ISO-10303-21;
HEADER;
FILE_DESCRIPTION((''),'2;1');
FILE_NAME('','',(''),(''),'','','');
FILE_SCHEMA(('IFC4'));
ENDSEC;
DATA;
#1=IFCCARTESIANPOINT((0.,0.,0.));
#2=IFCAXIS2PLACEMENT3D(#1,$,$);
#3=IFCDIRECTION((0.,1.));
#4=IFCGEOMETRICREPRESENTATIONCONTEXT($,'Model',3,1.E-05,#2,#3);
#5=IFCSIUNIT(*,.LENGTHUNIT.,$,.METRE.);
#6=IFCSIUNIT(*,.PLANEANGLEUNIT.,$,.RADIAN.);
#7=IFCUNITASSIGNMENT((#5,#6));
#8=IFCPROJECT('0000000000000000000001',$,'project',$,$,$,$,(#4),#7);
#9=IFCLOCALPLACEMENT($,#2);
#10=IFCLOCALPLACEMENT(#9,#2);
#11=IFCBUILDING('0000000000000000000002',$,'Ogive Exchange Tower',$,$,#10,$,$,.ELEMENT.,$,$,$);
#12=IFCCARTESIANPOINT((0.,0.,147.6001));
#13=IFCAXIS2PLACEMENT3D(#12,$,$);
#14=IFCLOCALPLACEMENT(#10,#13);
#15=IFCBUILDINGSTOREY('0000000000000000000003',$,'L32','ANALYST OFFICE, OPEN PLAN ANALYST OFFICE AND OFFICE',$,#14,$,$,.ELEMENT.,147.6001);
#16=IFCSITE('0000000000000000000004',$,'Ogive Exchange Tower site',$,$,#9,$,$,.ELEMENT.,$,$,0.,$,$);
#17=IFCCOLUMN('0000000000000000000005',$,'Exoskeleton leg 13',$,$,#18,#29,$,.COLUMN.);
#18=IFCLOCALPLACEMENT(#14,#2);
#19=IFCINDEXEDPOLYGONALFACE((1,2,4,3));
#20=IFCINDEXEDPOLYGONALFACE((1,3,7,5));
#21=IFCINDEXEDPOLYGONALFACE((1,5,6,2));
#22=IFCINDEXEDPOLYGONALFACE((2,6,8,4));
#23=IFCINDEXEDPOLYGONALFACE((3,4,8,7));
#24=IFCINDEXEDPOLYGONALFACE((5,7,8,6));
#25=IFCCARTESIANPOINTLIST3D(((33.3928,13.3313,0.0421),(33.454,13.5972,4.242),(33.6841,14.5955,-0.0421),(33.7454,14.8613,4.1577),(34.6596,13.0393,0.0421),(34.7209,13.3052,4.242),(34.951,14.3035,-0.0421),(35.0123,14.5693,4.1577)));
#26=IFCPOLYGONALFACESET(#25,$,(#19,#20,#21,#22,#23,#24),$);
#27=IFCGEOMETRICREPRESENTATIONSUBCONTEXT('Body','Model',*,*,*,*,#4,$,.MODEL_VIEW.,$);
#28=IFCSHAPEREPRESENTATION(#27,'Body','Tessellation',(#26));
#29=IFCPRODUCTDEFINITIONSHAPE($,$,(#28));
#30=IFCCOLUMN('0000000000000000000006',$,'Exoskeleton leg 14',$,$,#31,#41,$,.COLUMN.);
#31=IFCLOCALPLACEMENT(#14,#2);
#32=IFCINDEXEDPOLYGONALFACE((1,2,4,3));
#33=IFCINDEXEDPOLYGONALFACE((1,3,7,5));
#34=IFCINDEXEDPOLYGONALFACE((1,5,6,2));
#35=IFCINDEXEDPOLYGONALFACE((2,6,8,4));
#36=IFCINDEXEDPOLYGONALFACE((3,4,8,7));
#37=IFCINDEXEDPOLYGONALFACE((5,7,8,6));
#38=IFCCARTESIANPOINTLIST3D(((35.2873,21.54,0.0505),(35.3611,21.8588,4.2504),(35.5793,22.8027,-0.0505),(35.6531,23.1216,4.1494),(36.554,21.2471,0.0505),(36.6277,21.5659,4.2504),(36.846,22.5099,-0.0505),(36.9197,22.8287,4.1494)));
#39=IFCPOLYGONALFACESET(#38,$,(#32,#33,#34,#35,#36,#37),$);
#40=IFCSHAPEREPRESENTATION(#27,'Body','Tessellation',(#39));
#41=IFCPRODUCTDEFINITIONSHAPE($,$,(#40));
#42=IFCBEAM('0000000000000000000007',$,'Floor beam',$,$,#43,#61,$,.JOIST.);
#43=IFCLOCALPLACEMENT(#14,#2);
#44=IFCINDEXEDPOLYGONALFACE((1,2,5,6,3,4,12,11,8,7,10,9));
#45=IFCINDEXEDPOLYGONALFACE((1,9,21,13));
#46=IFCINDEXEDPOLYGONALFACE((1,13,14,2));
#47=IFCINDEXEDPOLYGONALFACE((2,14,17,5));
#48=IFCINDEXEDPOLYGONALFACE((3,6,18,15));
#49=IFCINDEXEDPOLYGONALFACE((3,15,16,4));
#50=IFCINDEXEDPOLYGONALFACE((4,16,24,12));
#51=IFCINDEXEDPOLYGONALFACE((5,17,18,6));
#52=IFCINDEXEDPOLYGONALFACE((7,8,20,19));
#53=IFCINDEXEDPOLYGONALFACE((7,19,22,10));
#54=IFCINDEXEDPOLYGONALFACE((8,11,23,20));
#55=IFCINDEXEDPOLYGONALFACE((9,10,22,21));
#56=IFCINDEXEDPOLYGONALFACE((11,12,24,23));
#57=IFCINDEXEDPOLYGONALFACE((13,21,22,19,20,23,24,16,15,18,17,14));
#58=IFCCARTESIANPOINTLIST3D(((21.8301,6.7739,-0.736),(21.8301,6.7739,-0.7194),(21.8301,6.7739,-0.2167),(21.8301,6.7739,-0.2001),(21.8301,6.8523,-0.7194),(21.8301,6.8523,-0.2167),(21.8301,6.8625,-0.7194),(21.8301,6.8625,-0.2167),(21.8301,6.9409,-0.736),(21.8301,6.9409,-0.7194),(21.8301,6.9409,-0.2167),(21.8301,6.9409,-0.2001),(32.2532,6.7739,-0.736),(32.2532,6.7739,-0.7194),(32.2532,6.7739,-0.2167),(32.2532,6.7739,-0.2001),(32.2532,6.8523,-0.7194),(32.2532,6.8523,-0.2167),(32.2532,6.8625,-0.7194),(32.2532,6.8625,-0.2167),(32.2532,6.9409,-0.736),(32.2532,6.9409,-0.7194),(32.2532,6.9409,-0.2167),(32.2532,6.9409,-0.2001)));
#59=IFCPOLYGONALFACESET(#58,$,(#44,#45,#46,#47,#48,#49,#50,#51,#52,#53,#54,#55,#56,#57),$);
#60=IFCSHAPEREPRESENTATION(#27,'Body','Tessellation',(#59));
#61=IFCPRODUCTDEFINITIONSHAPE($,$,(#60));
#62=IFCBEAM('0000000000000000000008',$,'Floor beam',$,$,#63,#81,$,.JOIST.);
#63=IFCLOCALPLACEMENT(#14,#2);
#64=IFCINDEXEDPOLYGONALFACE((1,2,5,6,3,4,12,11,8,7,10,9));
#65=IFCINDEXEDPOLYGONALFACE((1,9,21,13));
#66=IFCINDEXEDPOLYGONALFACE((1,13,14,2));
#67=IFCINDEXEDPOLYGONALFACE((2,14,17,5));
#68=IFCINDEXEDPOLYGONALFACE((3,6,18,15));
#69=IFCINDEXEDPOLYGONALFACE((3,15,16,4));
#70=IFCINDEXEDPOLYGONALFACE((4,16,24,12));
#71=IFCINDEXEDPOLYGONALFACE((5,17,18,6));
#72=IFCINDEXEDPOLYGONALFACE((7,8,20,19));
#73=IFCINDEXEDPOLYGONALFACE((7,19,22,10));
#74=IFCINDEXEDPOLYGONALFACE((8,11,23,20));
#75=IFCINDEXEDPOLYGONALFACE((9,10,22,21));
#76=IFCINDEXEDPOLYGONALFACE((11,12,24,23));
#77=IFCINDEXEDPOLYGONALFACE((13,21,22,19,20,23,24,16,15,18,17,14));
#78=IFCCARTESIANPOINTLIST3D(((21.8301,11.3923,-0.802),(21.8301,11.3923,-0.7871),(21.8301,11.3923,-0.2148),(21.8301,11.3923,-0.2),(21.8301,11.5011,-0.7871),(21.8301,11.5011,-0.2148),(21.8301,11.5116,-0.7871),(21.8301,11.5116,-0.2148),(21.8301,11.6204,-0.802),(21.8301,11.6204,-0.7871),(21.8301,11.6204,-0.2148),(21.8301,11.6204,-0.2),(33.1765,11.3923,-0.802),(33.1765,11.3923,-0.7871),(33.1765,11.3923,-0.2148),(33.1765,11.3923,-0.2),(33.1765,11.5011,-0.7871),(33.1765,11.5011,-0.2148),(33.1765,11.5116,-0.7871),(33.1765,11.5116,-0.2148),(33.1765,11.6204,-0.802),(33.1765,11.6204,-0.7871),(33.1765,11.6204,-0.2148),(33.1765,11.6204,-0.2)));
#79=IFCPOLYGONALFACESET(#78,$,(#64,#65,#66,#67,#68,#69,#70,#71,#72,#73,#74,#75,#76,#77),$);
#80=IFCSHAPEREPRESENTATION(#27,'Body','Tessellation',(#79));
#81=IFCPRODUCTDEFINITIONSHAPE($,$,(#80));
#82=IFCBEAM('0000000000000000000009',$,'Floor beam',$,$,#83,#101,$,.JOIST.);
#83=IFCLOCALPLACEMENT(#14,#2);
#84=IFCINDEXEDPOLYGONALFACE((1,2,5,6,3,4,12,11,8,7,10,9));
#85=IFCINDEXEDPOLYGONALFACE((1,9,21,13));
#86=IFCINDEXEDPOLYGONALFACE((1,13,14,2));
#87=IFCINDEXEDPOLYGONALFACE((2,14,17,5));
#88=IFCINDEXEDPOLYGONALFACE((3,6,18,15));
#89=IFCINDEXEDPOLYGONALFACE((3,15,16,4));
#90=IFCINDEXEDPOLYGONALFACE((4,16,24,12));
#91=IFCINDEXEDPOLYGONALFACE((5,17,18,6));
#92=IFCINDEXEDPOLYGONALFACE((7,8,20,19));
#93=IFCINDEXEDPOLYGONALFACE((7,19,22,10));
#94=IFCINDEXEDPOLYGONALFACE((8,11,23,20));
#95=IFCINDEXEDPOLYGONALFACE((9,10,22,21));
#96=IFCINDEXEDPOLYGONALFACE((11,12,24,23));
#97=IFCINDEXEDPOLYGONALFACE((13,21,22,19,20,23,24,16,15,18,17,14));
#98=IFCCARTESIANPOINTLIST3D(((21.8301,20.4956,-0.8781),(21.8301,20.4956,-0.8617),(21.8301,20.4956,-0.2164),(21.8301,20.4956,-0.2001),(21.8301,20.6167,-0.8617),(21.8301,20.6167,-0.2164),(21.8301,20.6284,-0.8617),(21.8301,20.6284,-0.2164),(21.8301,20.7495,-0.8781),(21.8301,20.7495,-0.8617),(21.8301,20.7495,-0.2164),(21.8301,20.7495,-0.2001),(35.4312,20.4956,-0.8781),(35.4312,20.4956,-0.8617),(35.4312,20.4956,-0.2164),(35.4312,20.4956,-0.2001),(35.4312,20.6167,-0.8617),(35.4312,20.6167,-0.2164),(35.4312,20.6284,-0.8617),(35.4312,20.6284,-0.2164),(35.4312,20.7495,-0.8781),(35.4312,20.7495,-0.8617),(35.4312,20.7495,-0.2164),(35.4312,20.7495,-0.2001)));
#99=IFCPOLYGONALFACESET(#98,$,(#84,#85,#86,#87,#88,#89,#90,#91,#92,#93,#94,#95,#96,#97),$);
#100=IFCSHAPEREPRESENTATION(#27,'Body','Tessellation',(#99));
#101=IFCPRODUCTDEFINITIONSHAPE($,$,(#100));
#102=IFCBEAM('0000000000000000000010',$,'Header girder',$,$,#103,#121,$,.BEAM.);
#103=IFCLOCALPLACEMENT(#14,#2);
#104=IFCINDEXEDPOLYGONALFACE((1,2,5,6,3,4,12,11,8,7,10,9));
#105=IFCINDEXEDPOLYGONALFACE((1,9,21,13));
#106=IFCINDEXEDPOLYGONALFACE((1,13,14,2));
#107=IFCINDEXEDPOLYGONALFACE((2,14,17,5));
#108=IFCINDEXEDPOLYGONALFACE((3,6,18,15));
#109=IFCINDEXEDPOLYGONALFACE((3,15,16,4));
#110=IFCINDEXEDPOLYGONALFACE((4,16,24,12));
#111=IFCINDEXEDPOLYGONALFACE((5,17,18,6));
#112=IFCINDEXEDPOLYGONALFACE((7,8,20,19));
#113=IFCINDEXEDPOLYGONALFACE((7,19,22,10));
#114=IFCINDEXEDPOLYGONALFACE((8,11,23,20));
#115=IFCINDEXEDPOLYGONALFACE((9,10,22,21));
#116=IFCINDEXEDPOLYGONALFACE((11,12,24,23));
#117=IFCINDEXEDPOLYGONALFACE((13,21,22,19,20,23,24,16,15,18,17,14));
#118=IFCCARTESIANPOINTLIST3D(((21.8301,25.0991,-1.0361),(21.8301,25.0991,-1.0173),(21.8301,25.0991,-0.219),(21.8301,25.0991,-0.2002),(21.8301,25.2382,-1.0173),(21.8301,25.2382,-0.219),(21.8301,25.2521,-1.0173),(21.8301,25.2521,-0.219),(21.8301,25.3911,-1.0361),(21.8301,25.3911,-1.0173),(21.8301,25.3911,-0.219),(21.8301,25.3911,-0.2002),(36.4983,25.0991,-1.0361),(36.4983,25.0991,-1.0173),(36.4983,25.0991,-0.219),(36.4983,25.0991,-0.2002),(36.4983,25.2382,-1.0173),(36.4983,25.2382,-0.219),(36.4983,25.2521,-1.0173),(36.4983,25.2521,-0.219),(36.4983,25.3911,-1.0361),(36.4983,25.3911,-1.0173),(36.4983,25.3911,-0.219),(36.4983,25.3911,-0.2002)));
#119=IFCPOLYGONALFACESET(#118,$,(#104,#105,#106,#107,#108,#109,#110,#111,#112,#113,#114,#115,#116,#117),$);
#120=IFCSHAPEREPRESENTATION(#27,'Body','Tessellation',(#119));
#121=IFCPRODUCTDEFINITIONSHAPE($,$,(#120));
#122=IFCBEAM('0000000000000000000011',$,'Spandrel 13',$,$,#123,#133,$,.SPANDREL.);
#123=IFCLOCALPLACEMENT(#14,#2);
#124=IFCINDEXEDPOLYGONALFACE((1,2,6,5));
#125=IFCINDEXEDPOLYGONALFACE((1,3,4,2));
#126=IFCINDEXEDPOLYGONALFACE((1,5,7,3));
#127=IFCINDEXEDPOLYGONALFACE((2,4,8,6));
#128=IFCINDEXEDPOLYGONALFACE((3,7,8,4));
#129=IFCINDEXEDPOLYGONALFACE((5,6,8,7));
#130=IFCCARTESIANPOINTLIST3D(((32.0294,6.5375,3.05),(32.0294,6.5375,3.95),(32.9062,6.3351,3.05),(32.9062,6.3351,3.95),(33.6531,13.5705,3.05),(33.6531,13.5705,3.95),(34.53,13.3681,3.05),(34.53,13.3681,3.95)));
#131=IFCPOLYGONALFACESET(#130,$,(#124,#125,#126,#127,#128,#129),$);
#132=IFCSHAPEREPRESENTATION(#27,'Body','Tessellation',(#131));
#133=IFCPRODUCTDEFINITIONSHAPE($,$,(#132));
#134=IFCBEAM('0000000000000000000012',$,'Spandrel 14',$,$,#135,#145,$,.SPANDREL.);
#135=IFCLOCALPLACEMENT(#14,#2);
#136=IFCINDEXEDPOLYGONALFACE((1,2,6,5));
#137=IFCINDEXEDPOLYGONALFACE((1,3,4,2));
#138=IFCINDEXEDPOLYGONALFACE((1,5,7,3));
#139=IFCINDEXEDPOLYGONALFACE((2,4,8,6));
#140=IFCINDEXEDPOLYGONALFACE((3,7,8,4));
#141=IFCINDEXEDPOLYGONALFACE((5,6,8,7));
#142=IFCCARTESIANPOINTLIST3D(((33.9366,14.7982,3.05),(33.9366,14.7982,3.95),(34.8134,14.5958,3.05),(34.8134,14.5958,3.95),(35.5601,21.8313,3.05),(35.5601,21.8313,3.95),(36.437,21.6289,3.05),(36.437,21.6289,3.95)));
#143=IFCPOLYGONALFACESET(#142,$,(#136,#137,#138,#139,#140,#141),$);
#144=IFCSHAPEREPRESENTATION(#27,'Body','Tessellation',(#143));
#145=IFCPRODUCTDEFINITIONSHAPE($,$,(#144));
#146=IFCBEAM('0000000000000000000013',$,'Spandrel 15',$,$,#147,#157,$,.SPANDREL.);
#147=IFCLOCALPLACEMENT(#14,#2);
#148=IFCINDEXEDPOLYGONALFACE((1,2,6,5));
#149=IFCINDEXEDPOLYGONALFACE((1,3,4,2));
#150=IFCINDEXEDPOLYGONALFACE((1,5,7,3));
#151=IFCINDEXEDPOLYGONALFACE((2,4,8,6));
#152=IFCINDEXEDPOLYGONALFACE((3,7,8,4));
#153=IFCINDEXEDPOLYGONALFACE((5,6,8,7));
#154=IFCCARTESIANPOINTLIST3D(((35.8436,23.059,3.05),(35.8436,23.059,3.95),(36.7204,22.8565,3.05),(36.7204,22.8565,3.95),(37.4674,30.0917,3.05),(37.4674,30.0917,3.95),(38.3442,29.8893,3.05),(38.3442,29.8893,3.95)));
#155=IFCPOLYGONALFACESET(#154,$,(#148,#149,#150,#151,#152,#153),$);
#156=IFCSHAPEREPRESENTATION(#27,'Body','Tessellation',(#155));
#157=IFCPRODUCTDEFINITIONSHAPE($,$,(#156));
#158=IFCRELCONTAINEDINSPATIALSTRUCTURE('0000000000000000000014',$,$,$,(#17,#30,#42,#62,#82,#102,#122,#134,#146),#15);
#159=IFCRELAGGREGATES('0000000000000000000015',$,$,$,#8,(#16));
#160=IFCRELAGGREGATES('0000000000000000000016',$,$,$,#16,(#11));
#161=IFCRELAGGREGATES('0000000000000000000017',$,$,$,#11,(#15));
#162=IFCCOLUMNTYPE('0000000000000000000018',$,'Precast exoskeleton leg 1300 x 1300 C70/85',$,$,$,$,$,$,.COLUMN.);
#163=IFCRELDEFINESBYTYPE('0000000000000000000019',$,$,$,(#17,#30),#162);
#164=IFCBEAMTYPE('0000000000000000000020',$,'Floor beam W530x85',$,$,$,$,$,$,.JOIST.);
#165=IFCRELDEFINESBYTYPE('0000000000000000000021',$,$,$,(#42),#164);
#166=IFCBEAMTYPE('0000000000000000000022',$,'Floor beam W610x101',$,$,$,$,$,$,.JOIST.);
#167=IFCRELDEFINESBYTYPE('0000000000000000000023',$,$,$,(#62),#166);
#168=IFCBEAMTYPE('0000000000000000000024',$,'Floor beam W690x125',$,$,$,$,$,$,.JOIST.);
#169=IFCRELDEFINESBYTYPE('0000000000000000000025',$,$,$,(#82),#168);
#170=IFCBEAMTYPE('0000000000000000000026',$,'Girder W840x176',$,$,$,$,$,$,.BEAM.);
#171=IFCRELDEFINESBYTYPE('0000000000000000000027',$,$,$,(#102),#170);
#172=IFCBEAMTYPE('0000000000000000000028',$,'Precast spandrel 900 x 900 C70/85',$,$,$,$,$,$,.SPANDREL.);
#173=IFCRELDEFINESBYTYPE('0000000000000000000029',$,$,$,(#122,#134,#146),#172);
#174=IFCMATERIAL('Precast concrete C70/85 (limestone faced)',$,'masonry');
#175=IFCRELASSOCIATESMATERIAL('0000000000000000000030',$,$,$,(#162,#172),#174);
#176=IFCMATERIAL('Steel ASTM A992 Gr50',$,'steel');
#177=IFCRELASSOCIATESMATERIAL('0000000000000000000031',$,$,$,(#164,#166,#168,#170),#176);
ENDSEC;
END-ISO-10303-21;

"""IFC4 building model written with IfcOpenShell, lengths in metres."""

from ifc_helpers import new_model, si_unit, direction, frame, origin, origin_2d, place, context, subcontext, project, spatial, rectangle, i_section, extrude, material, material_profile, profile_set, type_object, element, save


model = new_model("IFC4")

# Units and contexts
model_context = context("Model", 3, precision=1e-05, world=origin(), true_north=direction((0.0, 1.0)))
body_context = subcontext(model_context, "Body", "Model", "MODEL_VIEW")
ifc_project = project(units=[si_unit("LENGTHUNIT", "METRE"), si_unit("PLANEANGLEUNIT", "RADIAN")], contexts=[model_context])

# Site, building, storey
site_placement = place(None, origin())
site = spatial("IfcSite", under=ifc_project, at=site_placement, Name="Ogive Exchange Tower site", CompositionType="ELEMENT", RefElevation=0.0)
building_placement = place(site_placement, origin())
building = spatial("IfcBuilding", under=site, at=building_placement, Name="Ogive Exchange Tower", CompositionType="ELEMENT")
storey_placement = place(building_placement, frame((0.0, 0.0, 147.6001)))
storey = spatial("IfcBuildingStorey", under=building, at=storey_placement, Name="L32", Description="ANALYST OFFICE, OPEN PLAN ANALYST OFFICE AND OFFICE", CompositionType="ELEMENT", Elevation=147.6001)

# Columns
ifc_material_1 = material(Name="Precast concrete C70/85 (limestone faced)", Category="masonry")
ifc_material_profile_1 = material_profile(ifc_material_1, rectangle(XDim=1.3, YDim=1.3, at=origin_2d()), Name="1300 x 1300")
ifc_profile_set_1 = profile_set([ifc_material_profile_1], Name="Precast concrete C70/85 (limestone faced)")
column_type = type_object("IfcColumnType", Name="Precast exoskeleton leg 1300 x 1300 C70/85", PredefinedType="COLUMN", material=ifc_profile_set_1)
column_1_placement = place(storey_placement, frame((34.1719, 13.8174, 0.0), z_axis=(0.01456, 0.06317, 0.997897), x_axis=(-0.974451, 0.224598, 0.0)))
element("IfcColumn", 1, at=column_1_placement, inside=storey, type_object=column_type, Name="Exoskeleton leg 13", PredefinedType="COLUMN", context=body_context, shape_type="SweptSolid", body=[
    extrude(rectangle(XDim=1.3, YDim=1.3, at=origin_2d()), origin(), (0.0, 0.0, 1.0), 4.2087),
])
column_2_placement = place(storey_placement, frame((36.0667, 22.0249, 0.0), z_axis=(0.017502, 0.075688, 0.996978), x_axis=(-0.974291, 0.225295, 0.0)))
element("IfcColumn", 2, at=column_2_placement, inside=storey, type_object=column_type, Name="Exoskeleton leg 14", PredefinedType="COLUMN", context=body_context, shape_type="SweptSolid", body=[
    extrude(rectangle(XDim=1.3, YDim=1.3, at=origin_2d()), origin(), (0.0, 0.0, 1.0), 4.2126),
])

# Beams
ifc_material_2 = material(Name="Steel ASTM A992 Gr50", Category="steel")
ifc_material_profile_2 = material_profile(ifc_material_2, i_section(OverallWidth=0.167, OverallDepth=0.5359, WebThickness=0.0103, FlangeThickness=0.0166, at=origin_2d()), Name="W530x85")
ifc_profile_set_2 = profile_set([ifc_material_profile_2], Name="Steel ASTM A992 Gr50")
beam_type_1 = type_object("IfcBeamType", Name="Floor beam W530x85", PredefinedType="JOIST", material=ifc_profile_set_2)
beam_1_placement = place(storey_placement, frame((21.8301, 6.8574, -0.468), z_axis=(1.0, 0.0, 0.0), x_axis=(0.0, 1.0, 0.0)))
element("IfcBeam", 3, at=beam_1_placement, inside=storey, type_object=beam_type_1, Name="Floor beam", PredefinedType="JOIST", context=body_context, shape_type="SweptSolid", body=[
    extrude(i_section(OverallWidth=0.167, OverallDepth=0.5359, WebThickness=0.0103, FlangeThickness=0.0166, at=origin_2d()), origin(), (0.0, 0.0, 1.0), 10.4231),
])
ifc_material_profile_3 = material_profile(ifc_material_2, i_section(OverallWidth=0.228, OverallDepth=0.6021, WebThickness=0.0105, FlangeThickness=0.0149, at=origin_2d()), Name="W610x101")
ifc_profile_set_3 = profile_set([ifc_material_profile_3], Name="Steel ASTM A992 Gr50")
beam_type_2 = type_object("IfcBeamType", Name="Floor beam W610x101", PredefinedType="JOIST", material=ifc_profile_set_3)
beam_2_placement = place(storey_placement, frame((21.8301, 11.5063, -0.501), z_axis=(1.0, 0.0, 0.0), x_axis=(0.0, 1.0, 0.0)))
element("IfcBeam", 4, at=beam_2_placement, inside=storey, type_object=beam_type_2, Name="Floor beam", PredefinedType="JOIST", context=body_context, shape_type="SweptSolid", body=[
    extrude(i_section(OverallWidth=0.228, OverallDepth=0.6021, WebThickness=0.0105, FlangeThickness=0.0149, at=origin_2d()), origin(), (0.0, 0.0, 1.0), 11.3464),
])
ifc_material_profile_4 = material_profile(ifc_material_2, i_section(OverallWidth=0.2539, OverallDepth=0.678, WebThickness=0.0117, FlangeThickness=0.0164, at=origin_2d()), Name="W690x125")
ifc_profile_set_4 = profile_set([ifc_material_profile_4], Name="Steel ASTM A992 Gr50")
beam_type_3 = type_object("IfcBeamType", Name="Floor beam W690x125", PredefinedType="JOIST", material=ifc_profile_set_4)
beam_3_placement = place(storey_placement, frame((21.8301, 20.6226, -0.5391), z_axis=(1.0, 0.0, 0.0), x_axis=(0.0, 1.0, 0.0)))
element("IfcBeam", 5, at=beam_3_placement, inside=storey, type_object=beam_type_3, Name="Floor beam", PredefinedType="JOIST", context=body_context, shape_type="SweptSolid", body=[
    extrude(i_section(OverallWidth=0.2539, OverallDepth=0.678, WebThickness=0.0117, FlangeThickness=0.0164, at=origin_2d()), origin(), (0.0, 0.0, 1.0), 13.6011),
])
ifc_material_profile_5 = material_profile(ifc_material_2, i_section(OverallWidth=0.292, OverallDepth=0.8359, WebThickness=0.0139, FlangeThickness=0.0188, at=origin_2d()), Name="W840x176")
ifc_profile_set_5 = profile_set([ifc_material_profile_5], Name="Steel ASTM A992 Gr50")
beam_type_4 = type_object("IfcBeamType", Name="Girder W840x176", PredefinedType="BEAM", material=ifc_profile_set_5)
beam_4_placement = place(storey_placement, frame((21.8301, 25.2451, -0.6182), z_axis=(1.0, 0.0, 0.0), x_axis=(0.0, 1.0, 0.0)))
element("IfcBeam", 6, at=beam_4_placement, inside=storey, type_object=beam_type_4, Name="Header girder", PredefinedType="BEAM", context=body_context, shape_type="SweptSolid", body=[
    extrude(i_section(OverallWidth=0.292, OverallDepth=0.8359, WebThickness=0.0139, FlangeThickness=0.0188, at=origin_2d()), origin(), (0.0, 0.0, 1.0), 14.6682),
])
ifc_material_profile_6 = material_profile(ifc_material_1, rectangle(XDim=0.8999, YDim=0.8999, at=origin_2d()), Name="900 x 900")
ifc_profile_set_6 = profile_set([ifc_material_profile_6], Name="Precast concrete C70/85 (limestone faced)")
beam_type_5 = type_object("IfcBeamType", Name="Precast spandrel 900 x 900 C70/85", PredefinedType="SPANDREL", material=ifc_profile_set_6)
for number, where, z_axis, x_axis, name in (
    (7, (32.4678, 6.4363, 3.5), (0.224963, 0.974367, 0.0), (-0.974367, 0.224963, 0.0), "Spandrel 13"),
    (8, (34.375, 14.697, 3.5), (0.224931, 0.974375, 0.0), (-0.974375, 0.224931, 0.0), "Spandrel 14"),
):
    element("IfcBeam", number, at=place(storey_placement, frame(where, z_axis=z_axis, x_axis=x_axis)), inside=storey, type_object=beam_type_5, Name=name, PredefinedType="SPANDREL", context=body_context, shape_type="SweptSolid", body=[
        extrude(rectangle(XDim=0.8999, YDim=0.8999, at=origin_2d()), origin(), (0.0, 0.0, 1.0), 7.218),
    ])
beam_5_placement = place(storey_placement, frame((36.282, 22.9578, 3.5), z_axis=(0.224971, 0.974366, 0.0), x_axis=(-0.974366, 0.224971, 0.0)))
element("IfcBeam", 9, at=beam_5_placement, inside=storey, type_object=beam_type_5, Name="Spandrel 15", PredefinedType="SPANDREL", context=body_context, shape_type="SweptSolid", body=[
    extrude(rectangle(XDim=0.8999, YDim=0.8999, at=origin_2d()), origin(), (0.0, 0.0, 1.0), 7.2178),
])

save(model, "model.ifc")
